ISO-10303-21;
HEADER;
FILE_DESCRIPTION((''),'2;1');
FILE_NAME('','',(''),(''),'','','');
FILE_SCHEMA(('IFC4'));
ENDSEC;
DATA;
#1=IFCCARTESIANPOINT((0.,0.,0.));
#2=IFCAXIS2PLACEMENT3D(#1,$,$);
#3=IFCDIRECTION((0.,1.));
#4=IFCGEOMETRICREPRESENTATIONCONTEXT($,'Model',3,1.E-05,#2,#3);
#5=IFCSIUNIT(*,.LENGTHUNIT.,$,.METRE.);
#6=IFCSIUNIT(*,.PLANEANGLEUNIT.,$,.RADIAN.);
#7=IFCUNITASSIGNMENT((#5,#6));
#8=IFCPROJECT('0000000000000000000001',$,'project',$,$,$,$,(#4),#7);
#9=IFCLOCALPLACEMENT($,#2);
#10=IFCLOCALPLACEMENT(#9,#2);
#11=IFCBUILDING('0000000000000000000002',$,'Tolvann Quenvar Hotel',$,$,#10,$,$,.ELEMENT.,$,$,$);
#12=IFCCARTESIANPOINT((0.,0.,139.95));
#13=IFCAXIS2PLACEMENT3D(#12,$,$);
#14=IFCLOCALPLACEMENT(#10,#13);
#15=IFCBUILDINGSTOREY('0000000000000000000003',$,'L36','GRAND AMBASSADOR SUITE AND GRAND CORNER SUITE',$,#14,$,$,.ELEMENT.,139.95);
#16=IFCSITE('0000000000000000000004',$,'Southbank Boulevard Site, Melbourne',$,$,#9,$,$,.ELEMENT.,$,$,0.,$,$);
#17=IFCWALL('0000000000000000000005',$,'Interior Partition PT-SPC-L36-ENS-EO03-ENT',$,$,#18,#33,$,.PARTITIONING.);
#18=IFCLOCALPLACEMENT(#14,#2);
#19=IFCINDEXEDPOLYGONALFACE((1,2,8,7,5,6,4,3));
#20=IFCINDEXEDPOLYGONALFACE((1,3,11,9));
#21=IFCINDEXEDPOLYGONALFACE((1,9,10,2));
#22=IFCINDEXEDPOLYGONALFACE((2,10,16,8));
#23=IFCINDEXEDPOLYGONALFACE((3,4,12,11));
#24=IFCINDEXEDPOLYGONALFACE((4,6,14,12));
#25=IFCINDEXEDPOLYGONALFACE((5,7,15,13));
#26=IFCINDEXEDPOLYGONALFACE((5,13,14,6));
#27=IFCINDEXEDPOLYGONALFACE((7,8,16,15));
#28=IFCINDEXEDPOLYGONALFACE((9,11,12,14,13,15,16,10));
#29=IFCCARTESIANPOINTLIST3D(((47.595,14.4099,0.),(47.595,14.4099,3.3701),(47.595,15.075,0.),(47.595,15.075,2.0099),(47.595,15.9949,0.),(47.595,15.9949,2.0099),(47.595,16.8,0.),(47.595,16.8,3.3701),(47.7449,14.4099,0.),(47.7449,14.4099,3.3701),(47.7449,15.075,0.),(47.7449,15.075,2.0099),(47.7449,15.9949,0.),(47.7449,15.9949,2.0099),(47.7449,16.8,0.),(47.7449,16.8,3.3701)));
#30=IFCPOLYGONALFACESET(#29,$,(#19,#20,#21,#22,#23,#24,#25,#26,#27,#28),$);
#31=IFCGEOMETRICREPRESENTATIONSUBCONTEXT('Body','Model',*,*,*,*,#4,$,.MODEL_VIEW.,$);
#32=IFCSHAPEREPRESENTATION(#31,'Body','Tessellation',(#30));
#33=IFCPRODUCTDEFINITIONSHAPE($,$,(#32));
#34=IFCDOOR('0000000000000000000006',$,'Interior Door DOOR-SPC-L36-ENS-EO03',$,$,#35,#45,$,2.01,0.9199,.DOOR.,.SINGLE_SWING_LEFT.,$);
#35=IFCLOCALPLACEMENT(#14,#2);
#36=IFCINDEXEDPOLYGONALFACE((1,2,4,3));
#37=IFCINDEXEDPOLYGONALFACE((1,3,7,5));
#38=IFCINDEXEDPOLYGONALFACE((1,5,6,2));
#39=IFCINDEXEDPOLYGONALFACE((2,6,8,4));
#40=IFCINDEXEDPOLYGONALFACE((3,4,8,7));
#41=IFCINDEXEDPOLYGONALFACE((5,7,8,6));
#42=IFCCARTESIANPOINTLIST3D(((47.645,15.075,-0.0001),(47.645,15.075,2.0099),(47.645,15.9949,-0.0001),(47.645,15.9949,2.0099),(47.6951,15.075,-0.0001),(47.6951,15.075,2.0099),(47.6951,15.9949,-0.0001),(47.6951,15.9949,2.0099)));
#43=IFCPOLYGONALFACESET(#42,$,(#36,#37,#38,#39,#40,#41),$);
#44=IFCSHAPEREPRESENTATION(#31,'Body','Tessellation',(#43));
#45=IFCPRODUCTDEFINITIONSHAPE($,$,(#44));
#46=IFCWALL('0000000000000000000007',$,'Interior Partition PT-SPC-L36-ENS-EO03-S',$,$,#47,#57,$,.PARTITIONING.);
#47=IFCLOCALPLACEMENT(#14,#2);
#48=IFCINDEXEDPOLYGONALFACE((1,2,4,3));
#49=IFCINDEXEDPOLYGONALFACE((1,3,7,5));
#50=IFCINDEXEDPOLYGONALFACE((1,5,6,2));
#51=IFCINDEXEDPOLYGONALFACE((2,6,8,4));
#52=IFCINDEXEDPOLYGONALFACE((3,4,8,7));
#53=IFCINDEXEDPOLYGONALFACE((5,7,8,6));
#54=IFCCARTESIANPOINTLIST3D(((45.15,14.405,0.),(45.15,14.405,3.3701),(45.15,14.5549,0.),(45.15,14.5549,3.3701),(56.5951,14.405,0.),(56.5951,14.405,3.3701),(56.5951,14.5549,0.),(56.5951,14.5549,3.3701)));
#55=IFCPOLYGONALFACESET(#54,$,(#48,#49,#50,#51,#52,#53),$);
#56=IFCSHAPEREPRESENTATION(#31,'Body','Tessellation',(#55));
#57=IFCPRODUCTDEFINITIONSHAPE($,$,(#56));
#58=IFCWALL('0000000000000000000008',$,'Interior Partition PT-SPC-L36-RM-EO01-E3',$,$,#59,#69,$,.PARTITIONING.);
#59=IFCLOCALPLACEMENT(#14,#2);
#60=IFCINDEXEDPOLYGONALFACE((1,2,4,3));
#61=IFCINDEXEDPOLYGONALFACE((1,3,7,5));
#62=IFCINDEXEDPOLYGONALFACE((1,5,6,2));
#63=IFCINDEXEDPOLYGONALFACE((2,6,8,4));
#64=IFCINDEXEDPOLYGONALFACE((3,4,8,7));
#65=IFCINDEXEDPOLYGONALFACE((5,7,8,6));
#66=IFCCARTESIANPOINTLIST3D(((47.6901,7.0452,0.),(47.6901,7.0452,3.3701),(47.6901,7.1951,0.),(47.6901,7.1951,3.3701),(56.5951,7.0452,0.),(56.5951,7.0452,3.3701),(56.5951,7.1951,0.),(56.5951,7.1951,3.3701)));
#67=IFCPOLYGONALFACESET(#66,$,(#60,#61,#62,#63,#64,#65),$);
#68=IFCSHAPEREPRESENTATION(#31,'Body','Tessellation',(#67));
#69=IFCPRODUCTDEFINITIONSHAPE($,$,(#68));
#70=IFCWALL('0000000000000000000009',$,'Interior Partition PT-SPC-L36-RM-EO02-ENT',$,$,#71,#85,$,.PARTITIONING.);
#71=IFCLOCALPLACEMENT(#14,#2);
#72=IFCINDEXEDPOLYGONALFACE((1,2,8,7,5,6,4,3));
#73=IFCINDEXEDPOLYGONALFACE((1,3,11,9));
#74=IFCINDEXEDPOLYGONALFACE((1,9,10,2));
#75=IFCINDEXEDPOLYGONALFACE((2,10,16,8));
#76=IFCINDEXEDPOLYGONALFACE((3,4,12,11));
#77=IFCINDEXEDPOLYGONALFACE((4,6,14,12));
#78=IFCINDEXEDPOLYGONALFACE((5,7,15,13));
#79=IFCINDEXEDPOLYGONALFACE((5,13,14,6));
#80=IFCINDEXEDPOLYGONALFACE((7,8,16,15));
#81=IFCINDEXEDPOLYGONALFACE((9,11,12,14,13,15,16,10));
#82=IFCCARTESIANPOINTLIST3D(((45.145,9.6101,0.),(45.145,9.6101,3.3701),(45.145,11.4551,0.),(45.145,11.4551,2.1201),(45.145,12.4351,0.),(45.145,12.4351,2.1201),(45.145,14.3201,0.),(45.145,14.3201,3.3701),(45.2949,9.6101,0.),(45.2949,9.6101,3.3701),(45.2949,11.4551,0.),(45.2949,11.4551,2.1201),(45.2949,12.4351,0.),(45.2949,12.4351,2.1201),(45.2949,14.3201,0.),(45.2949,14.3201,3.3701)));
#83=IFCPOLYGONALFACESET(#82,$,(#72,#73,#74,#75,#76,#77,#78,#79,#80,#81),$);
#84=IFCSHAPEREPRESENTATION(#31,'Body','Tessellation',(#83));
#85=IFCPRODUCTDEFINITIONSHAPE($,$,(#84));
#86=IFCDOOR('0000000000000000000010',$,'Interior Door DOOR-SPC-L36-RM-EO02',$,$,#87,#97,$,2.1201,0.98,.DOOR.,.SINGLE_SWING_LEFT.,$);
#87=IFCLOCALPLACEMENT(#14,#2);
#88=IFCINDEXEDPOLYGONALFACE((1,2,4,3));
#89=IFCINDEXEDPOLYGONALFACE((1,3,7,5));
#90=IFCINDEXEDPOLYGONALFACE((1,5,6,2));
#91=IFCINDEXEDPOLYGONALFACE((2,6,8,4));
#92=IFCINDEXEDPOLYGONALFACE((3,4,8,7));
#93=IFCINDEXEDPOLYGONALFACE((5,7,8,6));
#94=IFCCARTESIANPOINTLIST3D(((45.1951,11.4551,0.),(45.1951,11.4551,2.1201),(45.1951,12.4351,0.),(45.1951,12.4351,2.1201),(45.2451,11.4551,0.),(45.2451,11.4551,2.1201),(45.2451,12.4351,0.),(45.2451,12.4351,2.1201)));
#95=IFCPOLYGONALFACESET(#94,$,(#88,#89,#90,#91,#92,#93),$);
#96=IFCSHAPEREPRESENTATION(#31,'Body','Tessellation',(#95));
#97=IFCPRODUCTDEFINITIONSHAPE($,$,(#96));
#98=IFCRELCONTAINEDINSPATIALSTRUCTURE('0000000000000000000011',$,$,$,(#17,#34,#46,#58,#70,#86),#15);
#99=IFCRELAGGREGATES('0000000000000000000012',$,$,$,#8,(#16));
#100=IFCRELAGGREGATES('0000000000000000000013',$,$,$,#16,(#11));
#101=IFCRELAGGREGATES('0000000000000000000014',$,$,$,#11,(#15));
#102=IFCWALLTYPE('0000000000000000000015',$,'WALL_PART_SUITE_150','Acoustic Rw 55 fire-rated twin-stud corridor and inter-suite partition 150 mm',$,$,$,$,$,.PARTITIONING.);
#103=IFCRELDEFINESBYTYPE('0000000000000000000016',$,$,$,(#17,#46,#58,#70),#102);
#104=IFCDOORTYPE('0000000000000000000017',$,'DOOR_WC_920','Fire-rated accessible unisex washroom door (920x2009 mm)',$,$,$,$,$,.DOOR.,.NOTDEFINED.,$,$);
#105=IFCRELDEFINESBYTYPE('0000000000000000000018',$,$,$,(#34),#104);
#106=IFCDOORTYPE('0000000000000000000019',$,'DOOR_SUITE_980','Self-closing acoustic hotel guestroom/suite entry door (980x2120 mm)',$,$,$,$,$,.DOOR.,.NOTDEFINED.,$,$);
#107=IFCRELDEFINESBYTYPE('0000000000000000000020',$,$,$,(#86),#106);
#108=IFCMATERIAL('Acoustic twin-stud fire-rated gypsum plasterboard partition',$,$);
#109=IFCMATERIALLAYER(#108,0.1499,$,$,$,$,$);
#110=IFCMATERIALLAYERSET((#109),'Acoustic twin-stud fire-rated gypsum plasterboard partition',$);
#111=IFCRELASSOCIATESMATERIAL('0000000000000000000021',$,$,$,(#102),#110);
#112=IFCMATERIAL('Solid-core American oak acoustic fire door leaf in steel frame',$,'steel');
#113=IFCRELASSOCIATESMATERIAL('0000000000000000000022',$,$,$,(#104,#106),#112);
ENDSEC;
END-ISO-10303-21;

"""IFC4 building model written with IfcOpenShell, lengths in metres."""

from ifc_helpers import new_model, si_unit, direction, frame, frame_2d, origin, place, context, subcontext, project, spatial, rectangle, extrude, source, transform, mapped, material, layer, layer_set, type_object, type_shapes, element, fill, save


model = new_model("IFC4")

# Units and contexts
model_context = context("Model", 3, precision=1e-05, world=origin(), true_north=direction((0.0, 1.0)))
body_context = subcontext(model_context, "Body", "Model", "MODEL_VIEW")
ifc_project = project(units=[si_unit("LENGTHUNIT", "METRE"), si_unit("PLANEANGLEUNIT", "RADIAN")], contexts=[model_context])

# Site, building, storey
site_placement = place(None, origin())
site = spatial("IfcSite", under=ifc_project, at=site_placement, Name="Southbank Boulevard Site, Melbourne", CompositionType="ELEMENT", RefElevation=0.0)
building_placement = place(site_placement, origin())
building = spatial("IfcBuilding", under=site, at=building_placement, Name="Tolvann Quenvar Hotel", CompositionType="ELEMENT")
storey_placement = place(building_placement, frame((0.0, 0.0, 139.95)))
storey = spatial("IfcBuildingStorey", under=building, at=storey_placement, Name="L36", Description="GRAND AMBASSADOR SUITE AND GRAND CORNER SUITE", CompositionType="ELEMENT", Elevation=139.95)

# Shared definitions
ifc_material_1 = material(Name="Acoustic twin-stud fire-rated gypsum plasterboard partition")
ifc_layer_1 = layer(ifc_material_1, 0.1499)
ifc_layer_set_1 = layer_set([ifc_layer_1], Name="Acoustic twin-stud fire-rated gypsum plasterboard partition")
wall_type_1 = type_object("IfcWallType", Name="WALL_PART_SUITE_150", Description="Acoustic Rw 55 fire-rated twin-stud corridor and inter-suite partition 150 mm", PredefinedType="PARTITIONING", material=ifc_layer_set_1)
ifc_material_2 = material(Name="Solid-core American oak acoustic fire door leaf in steel frame", Category="steel")
door_type_1 = type_object("IfcDoorType", Name="DOOR_WC_920", Description="Fire-rated accessible unisex washroom door (920x2009 mm)", OperationType="NOTDEFINED", PredefinedType="DOOR", material=ifc_material_2)
shared_shape_1 = source(origin(), body_context, "Body", "SweptSolid", [
    extrude(rectangle(XDim=0.9199, YDim=2.01, at=frame_2d((0.46, 1.0049))), frame((0.0, 0.0249, 0.0), z_axis=(0.0, -1.0, 0.0), x_axis=(1.0, 0.0, 0.0)), (0.0, 0.0, 1.0), 0.05),
])
type_shapes(door_type_1, [shared_shape_1])

# Wall, opening, door
wall_1_placement = place(storey_placement, frame((47.6699, 14.4099, 0.0), z_axis=(0.0, 0.0, 1.0), x_axis=(0.0, 1.0, 0.0)))
wall_1 = element("IfcWall", 1, at=wall_1_placement, inside=storey, type_object=wall_type_1, Name="Interior Partition PT-SPC-L36-ENS-EO03-ENT", PredefinedType="PARTITIONING", context=body_context, shape_type="SweptSolid", body=[
    extrude(rectangle(XDim=2.3901, YDim=0.1499, at=frame_2d((1.1951, 0.0))), origin(), (0.0, 0.0, 1.0), 3.3701),
])
opening_1_placement = place(wall_1_placement, frame((0.665, 0.0, 0.0)))
opening_1 = element("IfcOpeningElement", 2, at=opening_1_placement, cuts=wall_1, PredefinedType="OPENING", context=body_context, shape_type="SweptSolid", body=[
    extrude(rectangle(XDim=0.9199, YDim=2.01, at=frame_2d((0.46, 1.0049))), frame((0.0, 0.085, 0.0), z_axis=(0.0, -1.0, 0.0), x_axis=(1.0, 0.0, 0.0)), (0.0, 0.0, 1.0), 0.1699),
])
door_1_placement = place(opening_1_placement, origin())
door_1 = element("IfcDoor", 3, at=door_1_placement, inside=storey, type_object=door_type_1, Name="Interior Door DOOR-SPC-L36-ENS-EO03", OperationType="SINGLE_SWING_LEFT", OverallHeight=2.01, OverallWidth=0.9199, PredefinedType="DOOR", context=body_context, shape_type="MappedRepresentation", body=[
    mapped(shared_shape_1, transform((0.0, 0.0, 0.0), x_axis=(1.0, 0.0, 0.0), y_axis=(0.0, 1.0, 0.0), z_axis=(0.0, 0.0, 1.0), scale=1.0)),
])
fill(opening_1, door_1)

# Walls
wall_2_placement = place(storey_placement, frame((45.1499, 14.48, 0.0), z_axis=(0.0, 0.0, 1.0), x_axis=(1.0, 0.0, 0.0)))
element("IfcWall", 4, at=wall_2_placement, inside=storey, type_object=wall_type_1, Name="Interior Partition PT-SPC-L36-ENS-EO03-S", PredefinedType="PARTITIONING", context=body_context, shape_type="SweptSolid", body=[
    extrude(rectangle(XDim=11.4451, YDim=0.1499, at=frame_2d((5.7227, 0.0))), origin(), (0.0, 0.0, 1.0), 3.3701),
])
wall_3_placement = place(storey_placement, frame((47.6899, 7.1201, 0.0), z_axis=(0.0, 0.0, 1.0), x_axis=(1.0, 0.0, 0.0)))
element("IfcWall", 5, at=wall_3_placement, inside=storey, type_object=wall_type_1, Name="Interior Partition PT-SPC-L36-RM-EO01-E3", PredefinedType="PARTITIONING", context=body_context, shape_type="SweptSolid", body=[
    extrude(rectangle(XDim=8.905, YDim=0.1499, at=frame_2d((4.4526, 0.0))), origin(), (0.0, 0.0, 1.0), 3.3701),
])

# Wall, opening, door
wall_4_placement = place(storey_placement, frame((45.22, 9.6101, 0.0), z_axis=(0.0, 0.0, 1.0), x_axis=(0.0, 1.0, 0.0)))
wall_4 = element("IfcWall", 6, at=wall_4_placement, inside=storey, type_object=wall_type_1, Name="Interior Partition PT-SPC-L36-RM-EO02-ENT", PredefinedType="PARTITIONING", context=body_context, shape_type="SweptSolid", body=[
    extrude(rectangle(XDim=4.71, YDim=0.1499, at=frame_2d((2.355, 0.0))), origin(), (0.0, 0.0, 1.0), 3.3701),
])
opening_2_placement = place(wall_4_placement, frame((1.845, 0.0, 0.0)))
opening_2 = element("IfcOpeningElement", 7, at=opening_2_placement, cuts=wall_4, PredefinedType="OPENING", context=body_context, shape_type="SweptSolid", body=[
    extrude(rectangle(XDim=0.98, YDim=2.1201, at=frame_2d((0.49, 1.0601))), frame((0.0, 0.085, 0.0), z_axis=(0.0, -1.0, 0.0), x_axis=(1.0, 0.0, 0.0)), (0.0, 0.0, 1.0), 0.1699),
])
door_type_2 = type_object("IfcDoorType", Name="DOOR_SUITE_980", Description="Self-closing acoustic hotel guestroom/suite entry door (980x2120 mm)", OperationType="NOTDEFINED", PredefinedType="DOOR", material=ifc_material_2)
shared_shape_2 = source(origin(), body_context, "Body", "SweptSolid", [
    extrude(rectangle(XDim=0.98, YDim=2.1201, at=frame_2d((0.49, 1.0601))), frame((0.0, 0.0249, 0.0), z_axis=(0.0, -1.0, 0.0), x_axis=(1.0, 0.0, 0.0)), (0.0, 0.0, 1.0), 0.05),
])
type_shapes(door_type_2, [shared_shape_2])
door_2_placement = place(opening_2_placement, origin())
door_2 = element("IfcDoor", 8, at=door_2_placement, inside=storey, type_object=door_type_2, Name="Interior Door DOOR-SPC-L36-RM-EO02", OperationType="SINGLE_SWING_LEFT", OverallHeight=2.1201, OverallWidth=0.98, PredefinedType="DOOR", context=body_context, shape_type="MappedRepresentation", body=[
    mapped(shared_shape_2, transform((0.0, 0.0, 0.0), x_axis=(1.0, 0.0, 0.0), y_axis=(0.0, 1.0, 0.0), z_axis=(0.0, 0.0, 1.0), scale=1.0)),
])
fill(opening_2, door_2)

save(model, "model.ifc")
